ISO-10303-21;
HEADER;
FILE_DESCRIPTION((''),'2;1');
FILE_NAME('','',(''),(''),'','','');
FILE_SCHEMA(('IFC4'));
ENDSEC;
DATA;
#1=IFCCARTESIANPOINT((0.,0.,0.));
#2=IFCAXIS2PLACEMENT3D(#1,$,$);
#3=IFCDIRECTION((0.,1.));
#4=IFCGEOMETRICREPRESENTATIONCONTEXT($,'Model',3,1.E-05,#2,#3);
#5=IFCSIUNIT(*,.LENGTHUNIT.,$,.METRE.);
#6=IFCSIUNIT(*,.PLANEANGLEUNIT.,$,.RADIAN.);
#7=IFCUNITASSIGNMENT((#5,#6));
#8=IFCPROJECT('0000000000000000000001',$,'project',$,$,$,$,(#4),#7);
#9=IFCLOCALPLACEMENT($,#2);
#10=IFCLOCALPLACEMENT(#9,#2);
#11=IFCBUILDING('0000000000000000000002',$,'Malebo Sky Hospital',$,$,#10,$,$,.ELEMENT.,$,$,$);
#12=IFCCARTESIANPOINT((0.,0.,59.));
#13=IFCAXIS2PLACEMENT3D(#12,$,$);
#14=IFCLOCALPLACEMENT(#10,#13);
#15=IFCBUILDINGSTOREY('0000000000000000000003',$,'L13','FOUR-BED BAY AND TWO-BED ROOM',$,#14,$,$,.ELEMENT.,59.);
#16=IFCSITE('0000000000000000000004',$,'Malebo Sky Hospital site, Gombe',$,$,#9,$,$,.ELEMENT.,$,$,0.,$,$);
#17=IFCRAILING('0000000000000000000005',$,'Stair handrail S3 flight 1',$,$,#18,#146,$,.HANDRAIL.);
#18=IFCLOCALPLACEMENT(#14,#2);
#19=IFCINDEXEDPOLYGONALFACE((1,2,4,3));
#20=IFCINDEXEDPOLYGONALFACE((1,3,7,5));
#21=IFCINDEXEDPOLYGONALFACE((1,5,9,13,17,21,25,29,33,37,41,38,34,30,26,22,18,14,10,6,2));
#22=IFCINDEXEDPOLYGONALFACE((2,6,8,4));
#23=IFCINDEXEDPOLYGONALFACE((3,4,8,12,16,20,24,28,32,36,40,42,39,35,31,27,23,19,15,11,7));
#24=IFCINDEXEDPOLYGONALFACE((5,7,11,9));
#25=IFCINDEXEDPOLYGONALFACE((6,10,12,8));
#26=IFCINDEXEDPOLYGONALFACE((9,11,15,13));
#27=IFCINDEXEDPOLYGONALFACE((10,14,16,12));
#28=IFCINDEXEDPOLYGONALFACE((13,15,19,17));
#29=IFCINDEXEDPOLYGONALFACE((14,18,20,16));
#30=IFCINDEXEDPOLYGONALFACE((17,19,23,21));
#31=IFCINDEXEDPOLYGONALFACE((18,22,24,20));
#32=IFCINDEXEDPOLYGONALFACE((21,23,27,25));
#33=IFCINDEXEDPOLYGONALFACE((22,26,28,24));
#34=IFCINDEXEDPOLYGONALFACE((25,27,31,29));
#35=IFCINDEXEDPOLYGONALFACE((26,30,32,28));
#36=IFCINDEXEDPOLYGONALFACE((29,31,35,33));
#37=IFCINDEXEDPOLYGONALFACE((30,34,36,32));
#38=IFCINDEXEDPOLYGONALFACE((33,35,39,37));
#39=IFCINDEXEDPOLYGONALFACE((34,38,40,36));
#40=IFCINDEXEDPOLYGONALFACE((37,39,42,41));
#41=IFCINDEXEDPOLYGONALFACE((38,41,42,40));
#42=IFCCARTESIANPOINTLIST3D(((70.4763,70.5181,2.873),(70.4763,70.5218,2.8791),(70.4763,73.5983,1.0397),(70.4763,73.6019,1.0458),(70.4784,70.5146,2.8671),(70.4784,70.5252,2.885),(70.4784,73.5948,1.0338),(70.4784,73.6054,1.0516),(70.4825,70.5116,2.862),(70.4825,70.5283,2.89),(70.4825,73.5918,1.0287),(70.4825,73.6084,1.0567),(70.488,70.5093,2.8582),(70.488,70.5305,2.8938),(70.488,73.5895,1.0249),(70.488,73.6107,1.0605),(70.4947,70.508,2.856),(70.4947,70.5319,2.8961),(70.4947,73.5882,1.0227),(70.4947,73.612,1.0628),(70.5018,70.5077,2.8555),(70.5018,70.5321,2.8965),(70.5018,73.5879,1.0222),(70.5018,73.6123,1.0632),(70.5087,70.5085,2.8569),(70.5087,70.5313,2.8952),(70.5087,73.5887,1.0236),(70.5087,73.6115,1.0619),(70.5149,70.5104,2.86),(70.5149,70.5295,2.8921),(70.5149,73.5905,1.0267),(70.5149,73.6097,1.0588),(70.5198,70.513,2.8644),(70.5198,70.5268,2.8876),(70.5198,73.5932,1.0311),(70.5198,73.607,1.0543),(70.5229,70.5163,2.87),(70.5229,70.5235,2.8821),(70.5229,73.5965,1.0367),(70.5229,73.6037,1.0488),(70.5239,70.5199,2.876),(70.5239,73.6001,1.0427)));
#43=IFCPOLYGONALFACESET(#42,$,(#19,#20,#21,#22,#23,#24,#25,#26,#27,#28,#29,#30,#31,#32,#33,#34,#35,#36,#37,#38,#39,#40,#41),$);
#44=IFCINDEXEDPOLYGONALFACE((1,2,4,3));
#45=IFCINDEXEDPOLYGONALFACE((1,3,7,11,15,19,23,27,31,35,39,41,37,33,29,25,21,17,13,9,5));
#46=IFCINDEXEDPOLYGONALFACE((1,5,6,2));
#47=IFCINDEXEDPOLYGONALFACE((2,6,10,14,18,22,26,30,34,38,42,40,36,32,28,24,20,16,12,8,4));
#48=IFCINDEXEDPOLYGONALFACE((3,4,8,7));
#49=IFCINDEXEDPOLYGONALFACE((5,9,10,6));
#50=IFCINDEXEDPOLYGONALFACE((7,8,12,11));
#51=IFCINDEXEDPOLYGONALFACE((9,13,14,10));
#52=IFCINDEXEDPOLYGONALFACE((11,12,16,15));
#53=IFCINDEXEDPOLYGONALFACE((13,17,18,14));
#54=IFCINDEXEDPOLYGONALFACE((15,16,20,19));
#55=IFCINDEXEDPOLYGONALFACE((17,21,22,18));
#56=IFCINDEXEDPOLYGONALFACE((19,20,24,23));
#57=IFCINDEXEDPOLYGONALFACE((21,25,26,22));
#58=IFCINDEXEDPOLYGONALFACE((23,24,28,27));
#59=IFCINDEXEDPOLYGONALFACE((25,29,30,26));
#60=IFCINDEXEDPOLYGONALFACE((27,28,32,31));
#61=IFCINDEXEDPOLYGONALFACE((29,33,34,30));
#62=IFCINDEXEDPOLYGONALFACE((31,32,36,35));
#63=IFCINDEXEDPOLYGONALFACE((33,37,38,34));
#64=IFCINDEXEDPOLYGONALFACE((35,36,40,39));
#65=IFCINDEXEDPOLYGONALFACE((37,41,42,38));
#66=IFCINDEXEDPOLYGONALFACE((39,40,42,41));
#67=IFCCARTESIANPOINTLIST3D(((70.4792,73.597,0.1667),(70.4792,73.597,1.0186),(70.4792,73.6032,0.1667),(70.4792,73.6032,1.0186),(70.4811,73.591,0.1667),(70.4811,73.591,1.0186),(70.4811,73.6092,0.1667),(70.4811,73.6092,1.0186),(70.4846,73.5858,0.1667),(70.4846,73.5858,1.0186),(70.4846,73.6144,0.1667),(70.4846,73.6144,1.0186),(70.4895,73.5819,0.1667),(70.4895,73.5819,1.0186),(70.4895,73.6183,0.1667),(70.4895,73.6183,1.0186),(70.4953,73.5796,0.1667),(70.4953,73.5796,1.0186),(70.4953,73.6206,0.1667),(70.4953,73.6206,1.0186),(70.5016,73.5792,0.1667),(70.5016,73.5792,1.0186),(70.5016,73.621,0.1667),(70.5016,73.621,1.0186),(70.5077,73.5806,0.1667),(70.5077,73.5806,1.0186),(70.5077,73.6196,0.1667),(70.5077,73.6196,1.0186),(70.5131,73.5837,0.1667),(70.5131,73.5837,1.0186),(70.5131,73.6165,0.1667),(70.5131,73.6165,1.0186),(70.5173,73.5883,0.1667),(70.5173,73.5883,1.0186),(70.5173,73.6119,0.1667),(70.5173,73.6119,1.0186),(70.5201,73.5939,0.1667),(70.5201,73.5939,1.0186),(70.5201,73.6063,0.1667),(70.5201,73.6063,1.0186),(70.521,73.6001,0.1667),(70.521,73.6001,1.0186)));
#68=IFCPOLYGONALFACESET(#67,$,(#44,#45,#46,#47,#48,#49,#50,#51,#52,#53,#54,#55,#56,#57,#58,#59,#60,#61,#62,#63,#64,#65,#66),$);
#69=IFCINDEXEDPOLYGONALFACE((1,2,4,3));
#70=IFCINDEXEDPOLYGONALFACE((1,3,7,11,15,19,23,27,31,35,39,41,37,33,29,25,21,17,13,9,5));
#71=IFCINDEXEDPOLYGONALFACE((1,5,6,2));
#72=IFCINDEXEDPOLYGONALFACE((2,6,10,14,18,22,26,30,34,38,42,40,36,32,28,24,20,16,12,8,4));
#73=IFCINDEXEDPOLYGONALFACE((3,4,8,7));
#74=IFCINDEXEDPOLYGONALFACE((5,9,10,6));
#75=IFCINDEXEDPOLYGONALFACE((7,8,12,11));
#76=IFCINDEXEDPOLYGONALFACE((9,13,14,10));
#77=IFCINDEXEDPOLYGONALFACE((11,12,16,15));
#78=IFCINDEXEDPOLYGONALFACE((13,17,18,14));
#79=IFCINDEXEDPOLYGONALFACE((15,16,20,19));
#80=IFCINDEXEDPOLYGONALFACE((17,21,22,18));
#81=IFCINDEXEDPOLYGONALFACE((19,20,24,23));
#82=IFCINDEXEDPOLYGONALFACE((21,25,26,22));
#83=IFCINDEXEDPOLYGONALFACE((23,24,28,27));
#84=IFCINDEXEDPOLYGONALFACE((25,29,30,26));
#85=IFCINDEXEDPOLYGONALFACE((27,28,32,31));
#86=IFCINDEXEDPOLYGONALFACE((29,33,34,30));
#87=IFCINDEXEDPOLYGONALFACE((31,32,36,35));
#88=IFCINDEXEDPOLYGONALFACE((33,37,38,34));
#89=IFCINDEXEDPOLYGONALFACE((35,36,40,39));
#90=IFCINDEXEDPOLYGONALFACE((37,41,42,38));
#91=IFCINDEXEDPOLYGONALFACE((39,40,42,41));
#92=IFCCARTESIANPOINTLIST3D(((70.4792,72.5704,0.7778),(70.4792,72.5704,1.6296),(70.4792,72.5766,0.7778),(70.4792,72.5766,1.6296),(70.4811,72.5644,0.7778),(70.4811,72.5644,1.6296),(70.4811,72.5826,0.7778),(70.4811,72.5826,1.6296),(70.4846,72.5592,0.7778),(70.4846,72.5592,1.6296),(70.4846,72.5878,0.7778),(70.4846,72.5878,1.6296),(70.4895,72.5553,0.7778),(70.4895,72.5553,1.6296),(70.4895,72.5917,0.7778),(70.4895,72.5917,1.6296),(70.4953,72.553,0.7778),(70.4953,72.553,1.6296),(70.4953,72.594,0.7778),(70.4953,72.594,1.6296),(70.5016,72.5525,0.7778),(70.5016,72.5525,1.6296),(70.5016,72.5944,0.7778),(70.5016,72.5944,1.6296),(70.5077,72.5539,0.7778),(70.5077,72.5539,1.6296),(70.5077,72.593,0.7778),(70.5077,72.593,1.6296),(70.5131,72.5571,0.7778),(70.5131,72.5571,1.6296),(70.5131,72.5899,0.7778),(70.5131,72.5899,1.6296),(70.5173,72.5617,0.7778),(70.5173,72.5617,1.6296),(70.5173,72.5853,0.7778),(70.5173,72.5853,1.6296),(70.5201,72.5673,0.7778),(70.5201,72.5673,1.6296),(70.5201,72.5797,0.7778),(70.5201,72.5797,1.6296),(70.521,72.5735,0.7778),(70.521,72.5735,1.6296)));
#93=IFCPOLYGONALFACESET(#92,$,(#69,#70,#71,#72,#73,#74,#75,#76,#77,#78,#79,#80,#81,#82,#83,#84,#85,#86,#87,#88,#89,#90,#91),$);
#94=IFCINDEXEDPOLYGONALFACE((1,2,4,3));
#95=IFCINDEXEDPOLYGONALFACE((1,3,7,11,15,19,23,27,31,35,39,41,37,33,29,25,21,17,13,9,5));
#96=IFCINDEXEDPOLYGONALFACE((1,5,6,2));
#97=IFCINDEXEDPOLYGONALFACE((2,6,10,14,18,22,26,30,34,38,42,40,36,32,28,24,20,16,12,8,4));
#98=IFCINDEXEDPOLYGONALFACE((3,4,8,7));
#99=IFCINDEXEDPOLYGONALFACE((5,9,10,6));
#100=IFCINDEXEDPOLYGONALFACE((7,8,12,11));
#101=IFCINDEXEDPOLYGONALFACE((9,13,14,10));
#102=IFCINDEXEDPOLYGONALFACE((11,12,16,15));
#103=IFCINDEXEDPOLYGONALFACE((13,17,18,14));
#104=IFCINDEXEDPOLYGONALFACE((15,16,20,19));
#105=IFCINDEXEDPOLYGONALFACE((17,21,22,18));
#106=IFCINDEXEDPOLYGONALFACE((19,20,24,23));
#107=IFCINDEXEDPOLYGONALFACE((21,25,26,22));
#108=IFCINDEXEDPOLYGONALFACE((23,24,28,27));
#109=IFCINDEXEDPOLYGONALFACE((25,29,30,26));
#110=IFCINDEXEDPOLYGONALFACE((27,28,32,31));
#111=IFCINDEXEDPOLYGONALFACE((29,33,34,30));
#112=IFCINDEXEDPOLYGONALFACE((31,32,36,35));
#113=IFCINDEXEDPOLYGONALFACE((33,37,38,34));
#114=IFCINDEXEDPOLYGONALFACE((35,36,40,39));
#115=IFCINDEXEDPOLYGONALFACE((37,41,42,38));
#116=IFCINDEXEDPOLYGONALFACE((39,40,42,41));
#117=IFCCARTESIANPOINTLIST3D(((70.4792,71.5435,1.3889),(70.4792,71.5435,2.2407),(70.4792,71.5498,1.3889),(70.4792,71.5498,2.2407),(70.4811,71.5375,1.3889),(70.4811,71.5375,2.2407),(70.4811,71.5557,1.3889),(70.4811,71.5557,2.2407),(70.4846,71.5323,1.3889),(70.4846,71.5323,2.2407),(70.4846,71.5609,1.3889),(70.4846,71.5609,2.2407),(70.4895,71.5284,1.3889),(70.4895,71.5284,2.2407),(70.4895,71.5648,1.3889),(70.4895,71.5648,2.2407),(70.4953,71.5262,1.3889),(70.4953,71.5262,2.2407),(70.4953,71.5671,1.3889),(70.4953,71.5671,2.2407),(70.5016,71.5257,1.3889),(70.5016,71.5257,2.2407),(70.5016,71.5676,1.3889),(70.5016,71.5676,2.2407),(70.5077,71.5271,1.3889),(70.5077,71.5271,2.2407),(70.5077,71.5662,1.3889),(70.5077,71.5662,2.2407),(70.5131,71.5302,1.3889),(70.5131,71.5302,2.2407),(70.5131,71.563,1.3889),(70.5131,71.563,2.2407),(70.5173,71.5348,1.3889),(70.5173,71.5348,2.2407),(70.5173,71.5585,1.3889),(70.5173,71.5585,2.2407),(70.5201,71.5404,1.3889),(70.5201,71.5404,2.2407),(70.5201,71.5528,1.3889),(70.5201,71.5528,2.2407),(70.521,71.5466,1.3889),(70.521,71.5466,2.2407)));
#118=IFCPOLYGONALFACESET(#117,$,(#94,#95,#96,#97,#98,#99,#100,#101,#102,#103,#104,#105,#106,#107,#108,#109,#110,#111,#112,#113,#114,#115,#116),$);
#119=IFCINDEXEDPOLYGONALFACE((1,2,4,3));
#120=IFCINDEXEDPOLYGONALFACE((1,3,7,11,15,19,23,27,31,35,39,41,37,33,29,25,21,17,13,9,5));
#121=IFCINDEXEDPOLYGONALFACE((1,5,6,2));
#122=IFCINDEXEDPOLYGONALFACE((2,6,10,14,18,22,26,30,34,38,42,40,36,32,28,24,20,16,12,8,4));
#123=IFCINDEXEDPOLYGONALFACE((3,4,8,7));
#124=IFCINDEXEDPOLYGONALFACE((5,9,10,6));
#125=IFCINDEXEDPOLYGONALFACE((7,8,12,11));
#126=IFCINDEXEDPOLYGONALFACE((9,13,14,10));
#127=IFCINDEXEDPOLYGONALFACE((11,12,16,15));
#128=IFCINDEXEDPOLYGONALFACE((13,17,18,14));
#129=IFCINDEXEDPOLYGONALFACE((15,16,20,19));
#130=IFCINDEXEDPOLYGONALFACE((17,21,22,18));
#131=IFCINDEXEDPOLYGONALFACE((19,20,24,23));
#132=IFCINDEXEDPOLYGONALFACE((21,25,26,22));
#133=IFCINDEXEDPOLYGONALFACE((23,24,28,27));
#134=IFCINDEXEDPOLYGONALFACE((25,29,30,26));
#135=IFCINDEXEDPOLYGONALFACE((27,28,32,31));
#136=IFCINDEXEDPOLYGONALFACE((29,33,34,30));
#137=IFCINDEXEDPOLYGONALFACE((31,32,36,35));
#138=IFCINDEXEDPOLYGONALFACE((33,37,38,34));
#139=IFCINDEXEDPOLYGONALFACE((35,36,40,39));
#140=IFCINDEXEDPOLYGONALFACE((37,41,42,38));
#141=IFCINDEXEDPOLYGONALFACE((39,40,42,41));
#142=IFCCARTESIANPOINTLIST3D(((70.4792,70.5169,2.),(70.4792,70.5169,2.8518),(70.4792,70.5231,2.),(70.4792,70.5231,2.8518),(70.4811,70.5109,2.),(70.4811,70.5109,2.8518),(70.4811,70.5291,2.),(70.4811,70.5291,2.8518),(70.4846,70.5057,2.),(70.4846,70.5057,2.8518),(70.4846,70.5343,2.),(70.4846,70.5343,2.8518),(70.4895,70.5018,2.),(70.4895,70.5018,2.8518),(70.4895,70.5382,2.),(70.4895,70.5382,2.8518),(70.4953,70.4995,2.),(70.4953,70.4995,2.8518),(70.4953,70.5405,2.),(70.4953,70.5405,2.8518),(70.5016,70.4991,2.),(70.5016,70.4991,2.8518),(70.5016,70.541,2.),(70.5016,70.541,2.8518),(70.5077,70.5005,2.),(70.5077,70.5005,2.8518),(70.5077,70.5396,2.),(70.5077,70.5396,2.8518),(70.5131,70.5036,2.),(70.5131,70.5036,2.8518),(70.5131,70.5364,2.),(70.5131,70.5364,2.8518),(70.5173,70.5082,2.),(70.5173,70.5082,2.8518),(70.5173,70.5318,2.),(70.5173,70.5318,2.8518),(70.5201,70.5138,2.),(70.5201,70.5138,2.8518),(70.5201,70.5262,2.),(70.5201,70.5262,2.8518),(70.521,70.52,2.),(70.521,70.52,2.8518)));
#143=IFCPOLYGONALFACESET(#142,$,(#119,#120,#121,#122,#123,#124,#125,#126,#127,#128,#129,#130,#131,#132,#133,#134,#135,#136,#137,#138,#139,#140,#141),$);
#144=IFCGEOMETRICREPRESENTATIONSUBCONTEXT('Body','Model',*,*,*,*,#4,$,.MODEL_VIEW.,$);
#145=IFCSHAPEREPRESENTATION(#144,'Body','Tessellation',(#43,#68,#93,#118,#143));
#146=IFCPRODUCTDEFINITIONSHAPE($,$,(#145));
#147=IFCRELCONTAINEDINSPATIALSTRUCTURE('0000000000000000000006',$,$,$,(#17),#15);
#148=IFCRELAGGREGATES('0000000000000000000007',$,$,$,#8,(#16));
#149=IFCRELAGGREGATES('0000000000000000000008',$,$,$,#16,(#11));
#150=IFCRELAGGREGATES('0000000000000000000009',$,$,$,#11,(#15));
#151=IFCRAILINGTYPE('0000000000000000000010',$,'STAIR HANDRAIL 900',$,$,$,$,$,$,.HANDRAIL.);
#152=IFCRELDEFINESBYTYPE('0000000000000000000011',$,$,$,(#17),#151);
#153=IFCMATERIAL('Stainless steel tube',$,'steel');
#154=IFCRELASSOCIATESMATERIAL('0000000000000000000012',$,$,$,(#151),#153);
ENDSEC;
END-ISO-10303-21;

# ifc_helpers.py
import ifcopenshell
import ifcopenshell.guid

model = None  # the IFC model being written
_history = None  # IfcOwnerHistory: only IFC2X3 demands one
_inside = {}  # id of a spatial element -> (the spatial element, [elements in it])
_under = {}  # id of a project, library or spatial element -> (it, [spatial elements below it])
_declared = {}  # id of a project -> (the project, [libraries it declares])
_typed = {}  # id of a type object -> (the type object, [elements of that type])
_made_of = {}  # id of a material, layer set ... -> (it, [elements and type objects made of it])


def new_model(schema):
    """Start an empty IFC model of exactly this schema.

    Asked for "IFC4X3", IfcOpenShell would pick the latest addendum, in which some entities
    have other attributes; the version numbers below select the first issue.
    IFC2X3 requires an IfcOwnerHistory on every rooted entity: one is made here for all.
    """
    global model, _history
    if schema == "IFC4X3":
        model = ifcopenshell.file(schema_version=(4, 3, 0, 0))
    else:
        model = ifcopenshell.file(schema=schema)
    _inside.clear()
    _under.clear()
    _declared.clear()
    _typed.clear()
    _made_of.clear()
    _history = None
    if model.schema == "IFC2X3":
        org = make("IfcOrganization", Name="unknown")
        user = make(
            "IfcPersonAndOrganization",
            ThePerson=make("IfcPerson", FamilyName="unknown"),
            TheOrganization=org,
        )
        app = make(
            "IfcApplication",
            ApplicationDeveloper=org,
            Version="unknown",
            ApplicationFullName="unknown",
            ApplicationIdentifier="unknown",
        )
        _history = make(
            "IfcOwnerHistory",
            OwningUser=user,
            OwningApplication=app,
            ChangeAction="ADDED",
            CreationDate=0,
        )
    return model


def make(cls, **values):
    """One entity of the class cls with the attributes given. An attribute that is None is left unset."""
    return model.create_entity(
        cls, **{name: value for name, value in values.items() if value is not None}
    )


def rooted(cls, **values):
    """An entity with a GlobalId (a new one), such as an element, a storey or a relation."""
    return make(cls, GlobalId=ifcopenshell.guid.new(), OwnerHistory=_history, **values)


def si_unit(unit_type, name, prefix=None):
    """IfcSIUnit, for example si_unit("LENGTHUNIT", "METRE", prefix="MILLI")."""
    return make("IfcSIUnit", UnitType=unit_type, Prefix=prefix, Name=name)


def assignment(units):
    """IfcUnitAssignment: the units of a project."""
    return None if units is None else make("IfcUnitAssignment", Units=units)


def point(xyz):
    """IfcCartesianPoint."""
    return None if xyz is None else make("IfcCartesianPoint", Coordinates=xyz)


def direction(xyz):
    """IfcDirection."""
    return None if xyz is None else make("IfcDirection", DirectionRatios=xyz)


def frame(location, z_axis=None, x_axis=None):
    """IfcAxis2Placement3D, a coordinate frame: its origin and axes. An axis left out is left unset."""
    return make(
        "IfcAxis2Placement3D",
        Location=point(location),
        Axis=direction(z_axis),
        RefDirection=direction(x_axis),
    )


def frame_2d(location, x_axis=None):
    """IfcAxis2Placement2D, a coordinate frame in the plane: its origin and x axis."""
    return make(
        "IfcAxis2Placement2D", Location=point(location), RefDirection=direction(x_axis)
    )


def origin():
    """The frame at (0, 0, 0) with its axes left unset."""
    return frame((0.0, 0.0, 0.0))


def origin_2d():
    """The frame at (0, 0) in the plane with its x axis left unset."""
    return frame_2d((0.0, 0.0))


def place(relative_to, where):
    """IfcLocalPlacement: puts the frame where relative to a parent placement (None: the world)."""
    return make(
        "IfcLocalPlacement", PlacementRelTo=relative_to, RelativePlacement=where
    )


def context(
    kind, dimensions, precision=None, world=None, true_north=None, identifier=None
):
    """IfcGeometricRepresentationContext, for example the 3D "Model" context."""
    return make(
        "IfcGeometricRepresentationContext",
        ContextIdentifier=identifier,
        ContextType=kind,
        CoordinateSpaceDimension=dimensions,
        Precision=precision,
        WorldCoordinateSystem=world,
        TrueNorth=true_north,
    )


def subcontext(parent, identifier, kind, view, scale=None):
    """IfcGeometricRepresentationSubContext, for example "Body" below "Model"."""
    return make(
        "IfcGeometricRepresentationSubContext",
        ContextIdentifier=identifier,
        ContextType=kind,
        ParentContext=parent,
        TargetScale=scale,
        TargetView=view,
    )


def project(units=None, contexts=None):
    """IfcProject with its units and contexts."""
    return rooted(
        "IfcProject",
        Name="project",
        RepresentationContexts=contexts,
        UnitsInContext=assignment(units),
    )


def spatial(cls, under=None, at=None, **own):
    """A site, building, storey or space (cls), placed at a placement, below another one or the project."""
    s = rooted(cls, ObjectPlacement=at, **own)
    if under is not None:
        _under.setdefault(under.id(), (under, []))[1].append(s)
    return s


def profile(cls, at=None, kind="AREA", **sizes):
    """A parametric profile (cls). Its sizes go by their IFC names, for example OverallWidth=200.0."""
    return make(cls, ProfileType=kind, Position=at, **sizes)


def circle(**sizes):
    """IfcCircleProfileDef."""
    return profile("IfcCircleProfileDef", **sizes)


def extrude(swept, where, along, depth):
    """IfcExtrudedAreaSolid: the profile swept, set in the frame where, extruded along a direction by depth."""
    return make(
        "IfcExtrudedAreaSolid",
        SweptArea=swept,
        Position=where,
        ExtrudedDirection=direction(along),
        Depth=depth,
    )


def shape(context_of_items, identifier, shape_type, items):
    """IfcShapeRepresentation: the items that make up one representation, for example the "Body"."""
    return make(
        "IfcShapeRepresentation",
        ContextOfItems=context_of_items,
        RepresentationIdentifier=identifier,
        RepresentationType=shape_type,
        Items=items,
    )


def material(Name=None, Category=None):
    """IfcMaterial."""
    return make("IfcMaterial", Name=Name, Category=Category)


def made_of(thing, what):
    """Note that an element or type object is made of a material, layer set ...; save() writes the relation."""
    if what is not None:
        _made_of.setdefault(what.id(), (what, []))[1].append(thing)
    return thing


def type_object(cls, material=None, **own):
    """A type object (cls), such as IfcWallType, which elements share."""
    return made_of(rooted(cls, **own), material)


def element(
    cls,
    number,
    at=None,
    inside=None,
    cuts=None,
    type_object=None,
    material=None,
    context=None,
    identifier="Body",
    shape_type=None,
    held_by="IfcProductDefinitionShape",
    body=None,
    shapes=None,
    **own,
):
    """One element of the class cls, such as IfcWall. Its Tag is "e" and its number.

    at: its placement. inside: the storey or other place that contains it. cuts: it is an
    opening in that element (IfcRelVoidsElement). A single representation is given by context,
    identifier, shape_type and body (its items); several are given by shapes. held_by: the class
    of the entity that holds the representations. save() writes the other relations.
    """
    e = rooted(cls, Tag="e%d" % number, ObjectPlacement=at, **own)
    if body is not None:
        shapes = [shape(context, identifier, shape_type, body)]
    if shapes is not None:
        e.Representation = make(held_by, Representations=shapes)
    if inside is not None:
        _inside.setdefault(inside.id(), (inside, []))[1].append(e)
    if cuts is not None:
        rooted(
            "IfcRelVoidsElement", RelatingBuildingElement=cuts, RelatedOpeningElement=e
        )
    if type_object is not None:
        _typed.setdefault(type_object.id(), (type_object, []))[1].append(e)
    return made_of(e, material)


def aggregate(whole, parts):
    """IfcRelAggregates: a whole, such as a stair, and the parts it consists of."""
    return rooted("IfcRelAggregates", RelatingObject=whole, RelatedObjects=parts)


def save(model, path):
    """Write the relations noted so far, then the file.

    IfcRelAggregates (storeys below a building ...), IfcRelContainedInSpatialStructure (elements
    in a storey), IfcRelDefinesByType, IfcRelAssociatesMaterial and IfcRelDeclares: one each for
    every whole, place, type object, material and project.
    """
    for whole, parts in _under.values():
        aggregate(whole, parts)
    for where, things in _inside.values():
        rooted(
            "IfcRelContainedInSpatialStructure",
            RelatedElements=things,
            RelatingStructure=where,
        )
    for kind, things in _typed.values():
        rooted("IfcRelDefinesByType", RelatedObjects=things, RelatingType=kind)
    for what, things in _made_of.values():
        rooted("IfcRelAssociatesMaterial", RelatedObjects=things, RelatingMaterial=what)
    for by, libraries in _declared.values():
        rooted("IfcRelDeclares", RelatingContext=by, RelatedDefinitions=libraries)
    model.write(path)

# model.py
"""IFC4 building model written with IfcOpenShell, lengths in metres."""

from ifc_helpers import new_model, si_unit, direction, frame, origin, origin_2d, place, context, subcontext, project, spatial, circle, extrude, material, type_object, element, save


model = new_model("IFC4")

# Units and contexts
model_context = context("Model", 3, precision=1e-05, world=origin(), true_north=direction((0.0, 1.0)))
body_context = subcontext(model_context, "Body", "Model", "MODEL_VIEW")
ifc_project = project(units=[si_unit("LENGTHUNIT", "METRE"), si_unit("PLANEANGLEUNIT", "RADIAN")], contexts=[model_context])

# Site, building, storey
site_placement = place(None, origin())
site = spatial("IfcSite", under=ifc_project, at=site_placement, Name="Malebo Sky Hospital site, Gombe", CompositionType="ELEMENT", RefElevation=0.0)
building_placement = place(site_placement, origin())
building = spatial("IfcBuilding", under=site, at=building_placement, Name="Malebo Sky Hospital", CompositionType="ELEMENT")
storey_placement = place(building_placement, frame((0.0, 0.0, 59.0)))
storey = spatial("IfcBuildingStorey", under=building, at=storey_placement, Name="L13", Description="FOUR-BED BAY AND TWO-BED ROOM", CompositionType="ELEMENT", Elevation=59.0)

# Railing
ifc_material_1 = material(Name="Stainless steel tube", Category="steel")
railing_type = type_object("IfcRailingType", Name="STAIR HANDRAIL 900", PredefinedType="HANDRAIL", material=ifc_material_1)
railing_1_placement = place(storey_placement, frame((70.5, 73.6001, 0.1667)))
element("IfcRailing", 1, at=railing_1_placement, inside=storey, type_object=railing_type, Name="Stair handrail S3 flight 1", PredefinedType="HANDRAIL", context=body_context, shape_type="SweptSolid", body=[
    extrude(circle(Radius=0.0239, at=origin_2d()), frame((0.0, 0.0, 0.876), z_axis=(0.0, -0.859309, 0.511458), x_axis=(1.0, 0.0, 0.0)), (0.0, 0.0, 1.0), 3.5845),
    extrude(circle(Radius=0.021, at=origin_2d()), origin(), (0.0, 0.0, 1.0), 0.8518),
    extrude(circle(Radius=0.021, at=origin_2d()), frame((0.0, -1.0266, 0.6111)), (0.0, 0.0, 1.0), 0.8518),
    extrude(circle(Radius=0.021, at=origin_2d()), frame((0.0, -2.0535, 1.2222)), (0.0, 0.0, 1.0), 0.8518),
    extrude(circle(Radius=0.021, at=origin_2d()), frame((0.0, -3.0801, 1.8333)), (0.0, 0.0, 1.0), 0.8518),
])

save(model, "model.ifc")
